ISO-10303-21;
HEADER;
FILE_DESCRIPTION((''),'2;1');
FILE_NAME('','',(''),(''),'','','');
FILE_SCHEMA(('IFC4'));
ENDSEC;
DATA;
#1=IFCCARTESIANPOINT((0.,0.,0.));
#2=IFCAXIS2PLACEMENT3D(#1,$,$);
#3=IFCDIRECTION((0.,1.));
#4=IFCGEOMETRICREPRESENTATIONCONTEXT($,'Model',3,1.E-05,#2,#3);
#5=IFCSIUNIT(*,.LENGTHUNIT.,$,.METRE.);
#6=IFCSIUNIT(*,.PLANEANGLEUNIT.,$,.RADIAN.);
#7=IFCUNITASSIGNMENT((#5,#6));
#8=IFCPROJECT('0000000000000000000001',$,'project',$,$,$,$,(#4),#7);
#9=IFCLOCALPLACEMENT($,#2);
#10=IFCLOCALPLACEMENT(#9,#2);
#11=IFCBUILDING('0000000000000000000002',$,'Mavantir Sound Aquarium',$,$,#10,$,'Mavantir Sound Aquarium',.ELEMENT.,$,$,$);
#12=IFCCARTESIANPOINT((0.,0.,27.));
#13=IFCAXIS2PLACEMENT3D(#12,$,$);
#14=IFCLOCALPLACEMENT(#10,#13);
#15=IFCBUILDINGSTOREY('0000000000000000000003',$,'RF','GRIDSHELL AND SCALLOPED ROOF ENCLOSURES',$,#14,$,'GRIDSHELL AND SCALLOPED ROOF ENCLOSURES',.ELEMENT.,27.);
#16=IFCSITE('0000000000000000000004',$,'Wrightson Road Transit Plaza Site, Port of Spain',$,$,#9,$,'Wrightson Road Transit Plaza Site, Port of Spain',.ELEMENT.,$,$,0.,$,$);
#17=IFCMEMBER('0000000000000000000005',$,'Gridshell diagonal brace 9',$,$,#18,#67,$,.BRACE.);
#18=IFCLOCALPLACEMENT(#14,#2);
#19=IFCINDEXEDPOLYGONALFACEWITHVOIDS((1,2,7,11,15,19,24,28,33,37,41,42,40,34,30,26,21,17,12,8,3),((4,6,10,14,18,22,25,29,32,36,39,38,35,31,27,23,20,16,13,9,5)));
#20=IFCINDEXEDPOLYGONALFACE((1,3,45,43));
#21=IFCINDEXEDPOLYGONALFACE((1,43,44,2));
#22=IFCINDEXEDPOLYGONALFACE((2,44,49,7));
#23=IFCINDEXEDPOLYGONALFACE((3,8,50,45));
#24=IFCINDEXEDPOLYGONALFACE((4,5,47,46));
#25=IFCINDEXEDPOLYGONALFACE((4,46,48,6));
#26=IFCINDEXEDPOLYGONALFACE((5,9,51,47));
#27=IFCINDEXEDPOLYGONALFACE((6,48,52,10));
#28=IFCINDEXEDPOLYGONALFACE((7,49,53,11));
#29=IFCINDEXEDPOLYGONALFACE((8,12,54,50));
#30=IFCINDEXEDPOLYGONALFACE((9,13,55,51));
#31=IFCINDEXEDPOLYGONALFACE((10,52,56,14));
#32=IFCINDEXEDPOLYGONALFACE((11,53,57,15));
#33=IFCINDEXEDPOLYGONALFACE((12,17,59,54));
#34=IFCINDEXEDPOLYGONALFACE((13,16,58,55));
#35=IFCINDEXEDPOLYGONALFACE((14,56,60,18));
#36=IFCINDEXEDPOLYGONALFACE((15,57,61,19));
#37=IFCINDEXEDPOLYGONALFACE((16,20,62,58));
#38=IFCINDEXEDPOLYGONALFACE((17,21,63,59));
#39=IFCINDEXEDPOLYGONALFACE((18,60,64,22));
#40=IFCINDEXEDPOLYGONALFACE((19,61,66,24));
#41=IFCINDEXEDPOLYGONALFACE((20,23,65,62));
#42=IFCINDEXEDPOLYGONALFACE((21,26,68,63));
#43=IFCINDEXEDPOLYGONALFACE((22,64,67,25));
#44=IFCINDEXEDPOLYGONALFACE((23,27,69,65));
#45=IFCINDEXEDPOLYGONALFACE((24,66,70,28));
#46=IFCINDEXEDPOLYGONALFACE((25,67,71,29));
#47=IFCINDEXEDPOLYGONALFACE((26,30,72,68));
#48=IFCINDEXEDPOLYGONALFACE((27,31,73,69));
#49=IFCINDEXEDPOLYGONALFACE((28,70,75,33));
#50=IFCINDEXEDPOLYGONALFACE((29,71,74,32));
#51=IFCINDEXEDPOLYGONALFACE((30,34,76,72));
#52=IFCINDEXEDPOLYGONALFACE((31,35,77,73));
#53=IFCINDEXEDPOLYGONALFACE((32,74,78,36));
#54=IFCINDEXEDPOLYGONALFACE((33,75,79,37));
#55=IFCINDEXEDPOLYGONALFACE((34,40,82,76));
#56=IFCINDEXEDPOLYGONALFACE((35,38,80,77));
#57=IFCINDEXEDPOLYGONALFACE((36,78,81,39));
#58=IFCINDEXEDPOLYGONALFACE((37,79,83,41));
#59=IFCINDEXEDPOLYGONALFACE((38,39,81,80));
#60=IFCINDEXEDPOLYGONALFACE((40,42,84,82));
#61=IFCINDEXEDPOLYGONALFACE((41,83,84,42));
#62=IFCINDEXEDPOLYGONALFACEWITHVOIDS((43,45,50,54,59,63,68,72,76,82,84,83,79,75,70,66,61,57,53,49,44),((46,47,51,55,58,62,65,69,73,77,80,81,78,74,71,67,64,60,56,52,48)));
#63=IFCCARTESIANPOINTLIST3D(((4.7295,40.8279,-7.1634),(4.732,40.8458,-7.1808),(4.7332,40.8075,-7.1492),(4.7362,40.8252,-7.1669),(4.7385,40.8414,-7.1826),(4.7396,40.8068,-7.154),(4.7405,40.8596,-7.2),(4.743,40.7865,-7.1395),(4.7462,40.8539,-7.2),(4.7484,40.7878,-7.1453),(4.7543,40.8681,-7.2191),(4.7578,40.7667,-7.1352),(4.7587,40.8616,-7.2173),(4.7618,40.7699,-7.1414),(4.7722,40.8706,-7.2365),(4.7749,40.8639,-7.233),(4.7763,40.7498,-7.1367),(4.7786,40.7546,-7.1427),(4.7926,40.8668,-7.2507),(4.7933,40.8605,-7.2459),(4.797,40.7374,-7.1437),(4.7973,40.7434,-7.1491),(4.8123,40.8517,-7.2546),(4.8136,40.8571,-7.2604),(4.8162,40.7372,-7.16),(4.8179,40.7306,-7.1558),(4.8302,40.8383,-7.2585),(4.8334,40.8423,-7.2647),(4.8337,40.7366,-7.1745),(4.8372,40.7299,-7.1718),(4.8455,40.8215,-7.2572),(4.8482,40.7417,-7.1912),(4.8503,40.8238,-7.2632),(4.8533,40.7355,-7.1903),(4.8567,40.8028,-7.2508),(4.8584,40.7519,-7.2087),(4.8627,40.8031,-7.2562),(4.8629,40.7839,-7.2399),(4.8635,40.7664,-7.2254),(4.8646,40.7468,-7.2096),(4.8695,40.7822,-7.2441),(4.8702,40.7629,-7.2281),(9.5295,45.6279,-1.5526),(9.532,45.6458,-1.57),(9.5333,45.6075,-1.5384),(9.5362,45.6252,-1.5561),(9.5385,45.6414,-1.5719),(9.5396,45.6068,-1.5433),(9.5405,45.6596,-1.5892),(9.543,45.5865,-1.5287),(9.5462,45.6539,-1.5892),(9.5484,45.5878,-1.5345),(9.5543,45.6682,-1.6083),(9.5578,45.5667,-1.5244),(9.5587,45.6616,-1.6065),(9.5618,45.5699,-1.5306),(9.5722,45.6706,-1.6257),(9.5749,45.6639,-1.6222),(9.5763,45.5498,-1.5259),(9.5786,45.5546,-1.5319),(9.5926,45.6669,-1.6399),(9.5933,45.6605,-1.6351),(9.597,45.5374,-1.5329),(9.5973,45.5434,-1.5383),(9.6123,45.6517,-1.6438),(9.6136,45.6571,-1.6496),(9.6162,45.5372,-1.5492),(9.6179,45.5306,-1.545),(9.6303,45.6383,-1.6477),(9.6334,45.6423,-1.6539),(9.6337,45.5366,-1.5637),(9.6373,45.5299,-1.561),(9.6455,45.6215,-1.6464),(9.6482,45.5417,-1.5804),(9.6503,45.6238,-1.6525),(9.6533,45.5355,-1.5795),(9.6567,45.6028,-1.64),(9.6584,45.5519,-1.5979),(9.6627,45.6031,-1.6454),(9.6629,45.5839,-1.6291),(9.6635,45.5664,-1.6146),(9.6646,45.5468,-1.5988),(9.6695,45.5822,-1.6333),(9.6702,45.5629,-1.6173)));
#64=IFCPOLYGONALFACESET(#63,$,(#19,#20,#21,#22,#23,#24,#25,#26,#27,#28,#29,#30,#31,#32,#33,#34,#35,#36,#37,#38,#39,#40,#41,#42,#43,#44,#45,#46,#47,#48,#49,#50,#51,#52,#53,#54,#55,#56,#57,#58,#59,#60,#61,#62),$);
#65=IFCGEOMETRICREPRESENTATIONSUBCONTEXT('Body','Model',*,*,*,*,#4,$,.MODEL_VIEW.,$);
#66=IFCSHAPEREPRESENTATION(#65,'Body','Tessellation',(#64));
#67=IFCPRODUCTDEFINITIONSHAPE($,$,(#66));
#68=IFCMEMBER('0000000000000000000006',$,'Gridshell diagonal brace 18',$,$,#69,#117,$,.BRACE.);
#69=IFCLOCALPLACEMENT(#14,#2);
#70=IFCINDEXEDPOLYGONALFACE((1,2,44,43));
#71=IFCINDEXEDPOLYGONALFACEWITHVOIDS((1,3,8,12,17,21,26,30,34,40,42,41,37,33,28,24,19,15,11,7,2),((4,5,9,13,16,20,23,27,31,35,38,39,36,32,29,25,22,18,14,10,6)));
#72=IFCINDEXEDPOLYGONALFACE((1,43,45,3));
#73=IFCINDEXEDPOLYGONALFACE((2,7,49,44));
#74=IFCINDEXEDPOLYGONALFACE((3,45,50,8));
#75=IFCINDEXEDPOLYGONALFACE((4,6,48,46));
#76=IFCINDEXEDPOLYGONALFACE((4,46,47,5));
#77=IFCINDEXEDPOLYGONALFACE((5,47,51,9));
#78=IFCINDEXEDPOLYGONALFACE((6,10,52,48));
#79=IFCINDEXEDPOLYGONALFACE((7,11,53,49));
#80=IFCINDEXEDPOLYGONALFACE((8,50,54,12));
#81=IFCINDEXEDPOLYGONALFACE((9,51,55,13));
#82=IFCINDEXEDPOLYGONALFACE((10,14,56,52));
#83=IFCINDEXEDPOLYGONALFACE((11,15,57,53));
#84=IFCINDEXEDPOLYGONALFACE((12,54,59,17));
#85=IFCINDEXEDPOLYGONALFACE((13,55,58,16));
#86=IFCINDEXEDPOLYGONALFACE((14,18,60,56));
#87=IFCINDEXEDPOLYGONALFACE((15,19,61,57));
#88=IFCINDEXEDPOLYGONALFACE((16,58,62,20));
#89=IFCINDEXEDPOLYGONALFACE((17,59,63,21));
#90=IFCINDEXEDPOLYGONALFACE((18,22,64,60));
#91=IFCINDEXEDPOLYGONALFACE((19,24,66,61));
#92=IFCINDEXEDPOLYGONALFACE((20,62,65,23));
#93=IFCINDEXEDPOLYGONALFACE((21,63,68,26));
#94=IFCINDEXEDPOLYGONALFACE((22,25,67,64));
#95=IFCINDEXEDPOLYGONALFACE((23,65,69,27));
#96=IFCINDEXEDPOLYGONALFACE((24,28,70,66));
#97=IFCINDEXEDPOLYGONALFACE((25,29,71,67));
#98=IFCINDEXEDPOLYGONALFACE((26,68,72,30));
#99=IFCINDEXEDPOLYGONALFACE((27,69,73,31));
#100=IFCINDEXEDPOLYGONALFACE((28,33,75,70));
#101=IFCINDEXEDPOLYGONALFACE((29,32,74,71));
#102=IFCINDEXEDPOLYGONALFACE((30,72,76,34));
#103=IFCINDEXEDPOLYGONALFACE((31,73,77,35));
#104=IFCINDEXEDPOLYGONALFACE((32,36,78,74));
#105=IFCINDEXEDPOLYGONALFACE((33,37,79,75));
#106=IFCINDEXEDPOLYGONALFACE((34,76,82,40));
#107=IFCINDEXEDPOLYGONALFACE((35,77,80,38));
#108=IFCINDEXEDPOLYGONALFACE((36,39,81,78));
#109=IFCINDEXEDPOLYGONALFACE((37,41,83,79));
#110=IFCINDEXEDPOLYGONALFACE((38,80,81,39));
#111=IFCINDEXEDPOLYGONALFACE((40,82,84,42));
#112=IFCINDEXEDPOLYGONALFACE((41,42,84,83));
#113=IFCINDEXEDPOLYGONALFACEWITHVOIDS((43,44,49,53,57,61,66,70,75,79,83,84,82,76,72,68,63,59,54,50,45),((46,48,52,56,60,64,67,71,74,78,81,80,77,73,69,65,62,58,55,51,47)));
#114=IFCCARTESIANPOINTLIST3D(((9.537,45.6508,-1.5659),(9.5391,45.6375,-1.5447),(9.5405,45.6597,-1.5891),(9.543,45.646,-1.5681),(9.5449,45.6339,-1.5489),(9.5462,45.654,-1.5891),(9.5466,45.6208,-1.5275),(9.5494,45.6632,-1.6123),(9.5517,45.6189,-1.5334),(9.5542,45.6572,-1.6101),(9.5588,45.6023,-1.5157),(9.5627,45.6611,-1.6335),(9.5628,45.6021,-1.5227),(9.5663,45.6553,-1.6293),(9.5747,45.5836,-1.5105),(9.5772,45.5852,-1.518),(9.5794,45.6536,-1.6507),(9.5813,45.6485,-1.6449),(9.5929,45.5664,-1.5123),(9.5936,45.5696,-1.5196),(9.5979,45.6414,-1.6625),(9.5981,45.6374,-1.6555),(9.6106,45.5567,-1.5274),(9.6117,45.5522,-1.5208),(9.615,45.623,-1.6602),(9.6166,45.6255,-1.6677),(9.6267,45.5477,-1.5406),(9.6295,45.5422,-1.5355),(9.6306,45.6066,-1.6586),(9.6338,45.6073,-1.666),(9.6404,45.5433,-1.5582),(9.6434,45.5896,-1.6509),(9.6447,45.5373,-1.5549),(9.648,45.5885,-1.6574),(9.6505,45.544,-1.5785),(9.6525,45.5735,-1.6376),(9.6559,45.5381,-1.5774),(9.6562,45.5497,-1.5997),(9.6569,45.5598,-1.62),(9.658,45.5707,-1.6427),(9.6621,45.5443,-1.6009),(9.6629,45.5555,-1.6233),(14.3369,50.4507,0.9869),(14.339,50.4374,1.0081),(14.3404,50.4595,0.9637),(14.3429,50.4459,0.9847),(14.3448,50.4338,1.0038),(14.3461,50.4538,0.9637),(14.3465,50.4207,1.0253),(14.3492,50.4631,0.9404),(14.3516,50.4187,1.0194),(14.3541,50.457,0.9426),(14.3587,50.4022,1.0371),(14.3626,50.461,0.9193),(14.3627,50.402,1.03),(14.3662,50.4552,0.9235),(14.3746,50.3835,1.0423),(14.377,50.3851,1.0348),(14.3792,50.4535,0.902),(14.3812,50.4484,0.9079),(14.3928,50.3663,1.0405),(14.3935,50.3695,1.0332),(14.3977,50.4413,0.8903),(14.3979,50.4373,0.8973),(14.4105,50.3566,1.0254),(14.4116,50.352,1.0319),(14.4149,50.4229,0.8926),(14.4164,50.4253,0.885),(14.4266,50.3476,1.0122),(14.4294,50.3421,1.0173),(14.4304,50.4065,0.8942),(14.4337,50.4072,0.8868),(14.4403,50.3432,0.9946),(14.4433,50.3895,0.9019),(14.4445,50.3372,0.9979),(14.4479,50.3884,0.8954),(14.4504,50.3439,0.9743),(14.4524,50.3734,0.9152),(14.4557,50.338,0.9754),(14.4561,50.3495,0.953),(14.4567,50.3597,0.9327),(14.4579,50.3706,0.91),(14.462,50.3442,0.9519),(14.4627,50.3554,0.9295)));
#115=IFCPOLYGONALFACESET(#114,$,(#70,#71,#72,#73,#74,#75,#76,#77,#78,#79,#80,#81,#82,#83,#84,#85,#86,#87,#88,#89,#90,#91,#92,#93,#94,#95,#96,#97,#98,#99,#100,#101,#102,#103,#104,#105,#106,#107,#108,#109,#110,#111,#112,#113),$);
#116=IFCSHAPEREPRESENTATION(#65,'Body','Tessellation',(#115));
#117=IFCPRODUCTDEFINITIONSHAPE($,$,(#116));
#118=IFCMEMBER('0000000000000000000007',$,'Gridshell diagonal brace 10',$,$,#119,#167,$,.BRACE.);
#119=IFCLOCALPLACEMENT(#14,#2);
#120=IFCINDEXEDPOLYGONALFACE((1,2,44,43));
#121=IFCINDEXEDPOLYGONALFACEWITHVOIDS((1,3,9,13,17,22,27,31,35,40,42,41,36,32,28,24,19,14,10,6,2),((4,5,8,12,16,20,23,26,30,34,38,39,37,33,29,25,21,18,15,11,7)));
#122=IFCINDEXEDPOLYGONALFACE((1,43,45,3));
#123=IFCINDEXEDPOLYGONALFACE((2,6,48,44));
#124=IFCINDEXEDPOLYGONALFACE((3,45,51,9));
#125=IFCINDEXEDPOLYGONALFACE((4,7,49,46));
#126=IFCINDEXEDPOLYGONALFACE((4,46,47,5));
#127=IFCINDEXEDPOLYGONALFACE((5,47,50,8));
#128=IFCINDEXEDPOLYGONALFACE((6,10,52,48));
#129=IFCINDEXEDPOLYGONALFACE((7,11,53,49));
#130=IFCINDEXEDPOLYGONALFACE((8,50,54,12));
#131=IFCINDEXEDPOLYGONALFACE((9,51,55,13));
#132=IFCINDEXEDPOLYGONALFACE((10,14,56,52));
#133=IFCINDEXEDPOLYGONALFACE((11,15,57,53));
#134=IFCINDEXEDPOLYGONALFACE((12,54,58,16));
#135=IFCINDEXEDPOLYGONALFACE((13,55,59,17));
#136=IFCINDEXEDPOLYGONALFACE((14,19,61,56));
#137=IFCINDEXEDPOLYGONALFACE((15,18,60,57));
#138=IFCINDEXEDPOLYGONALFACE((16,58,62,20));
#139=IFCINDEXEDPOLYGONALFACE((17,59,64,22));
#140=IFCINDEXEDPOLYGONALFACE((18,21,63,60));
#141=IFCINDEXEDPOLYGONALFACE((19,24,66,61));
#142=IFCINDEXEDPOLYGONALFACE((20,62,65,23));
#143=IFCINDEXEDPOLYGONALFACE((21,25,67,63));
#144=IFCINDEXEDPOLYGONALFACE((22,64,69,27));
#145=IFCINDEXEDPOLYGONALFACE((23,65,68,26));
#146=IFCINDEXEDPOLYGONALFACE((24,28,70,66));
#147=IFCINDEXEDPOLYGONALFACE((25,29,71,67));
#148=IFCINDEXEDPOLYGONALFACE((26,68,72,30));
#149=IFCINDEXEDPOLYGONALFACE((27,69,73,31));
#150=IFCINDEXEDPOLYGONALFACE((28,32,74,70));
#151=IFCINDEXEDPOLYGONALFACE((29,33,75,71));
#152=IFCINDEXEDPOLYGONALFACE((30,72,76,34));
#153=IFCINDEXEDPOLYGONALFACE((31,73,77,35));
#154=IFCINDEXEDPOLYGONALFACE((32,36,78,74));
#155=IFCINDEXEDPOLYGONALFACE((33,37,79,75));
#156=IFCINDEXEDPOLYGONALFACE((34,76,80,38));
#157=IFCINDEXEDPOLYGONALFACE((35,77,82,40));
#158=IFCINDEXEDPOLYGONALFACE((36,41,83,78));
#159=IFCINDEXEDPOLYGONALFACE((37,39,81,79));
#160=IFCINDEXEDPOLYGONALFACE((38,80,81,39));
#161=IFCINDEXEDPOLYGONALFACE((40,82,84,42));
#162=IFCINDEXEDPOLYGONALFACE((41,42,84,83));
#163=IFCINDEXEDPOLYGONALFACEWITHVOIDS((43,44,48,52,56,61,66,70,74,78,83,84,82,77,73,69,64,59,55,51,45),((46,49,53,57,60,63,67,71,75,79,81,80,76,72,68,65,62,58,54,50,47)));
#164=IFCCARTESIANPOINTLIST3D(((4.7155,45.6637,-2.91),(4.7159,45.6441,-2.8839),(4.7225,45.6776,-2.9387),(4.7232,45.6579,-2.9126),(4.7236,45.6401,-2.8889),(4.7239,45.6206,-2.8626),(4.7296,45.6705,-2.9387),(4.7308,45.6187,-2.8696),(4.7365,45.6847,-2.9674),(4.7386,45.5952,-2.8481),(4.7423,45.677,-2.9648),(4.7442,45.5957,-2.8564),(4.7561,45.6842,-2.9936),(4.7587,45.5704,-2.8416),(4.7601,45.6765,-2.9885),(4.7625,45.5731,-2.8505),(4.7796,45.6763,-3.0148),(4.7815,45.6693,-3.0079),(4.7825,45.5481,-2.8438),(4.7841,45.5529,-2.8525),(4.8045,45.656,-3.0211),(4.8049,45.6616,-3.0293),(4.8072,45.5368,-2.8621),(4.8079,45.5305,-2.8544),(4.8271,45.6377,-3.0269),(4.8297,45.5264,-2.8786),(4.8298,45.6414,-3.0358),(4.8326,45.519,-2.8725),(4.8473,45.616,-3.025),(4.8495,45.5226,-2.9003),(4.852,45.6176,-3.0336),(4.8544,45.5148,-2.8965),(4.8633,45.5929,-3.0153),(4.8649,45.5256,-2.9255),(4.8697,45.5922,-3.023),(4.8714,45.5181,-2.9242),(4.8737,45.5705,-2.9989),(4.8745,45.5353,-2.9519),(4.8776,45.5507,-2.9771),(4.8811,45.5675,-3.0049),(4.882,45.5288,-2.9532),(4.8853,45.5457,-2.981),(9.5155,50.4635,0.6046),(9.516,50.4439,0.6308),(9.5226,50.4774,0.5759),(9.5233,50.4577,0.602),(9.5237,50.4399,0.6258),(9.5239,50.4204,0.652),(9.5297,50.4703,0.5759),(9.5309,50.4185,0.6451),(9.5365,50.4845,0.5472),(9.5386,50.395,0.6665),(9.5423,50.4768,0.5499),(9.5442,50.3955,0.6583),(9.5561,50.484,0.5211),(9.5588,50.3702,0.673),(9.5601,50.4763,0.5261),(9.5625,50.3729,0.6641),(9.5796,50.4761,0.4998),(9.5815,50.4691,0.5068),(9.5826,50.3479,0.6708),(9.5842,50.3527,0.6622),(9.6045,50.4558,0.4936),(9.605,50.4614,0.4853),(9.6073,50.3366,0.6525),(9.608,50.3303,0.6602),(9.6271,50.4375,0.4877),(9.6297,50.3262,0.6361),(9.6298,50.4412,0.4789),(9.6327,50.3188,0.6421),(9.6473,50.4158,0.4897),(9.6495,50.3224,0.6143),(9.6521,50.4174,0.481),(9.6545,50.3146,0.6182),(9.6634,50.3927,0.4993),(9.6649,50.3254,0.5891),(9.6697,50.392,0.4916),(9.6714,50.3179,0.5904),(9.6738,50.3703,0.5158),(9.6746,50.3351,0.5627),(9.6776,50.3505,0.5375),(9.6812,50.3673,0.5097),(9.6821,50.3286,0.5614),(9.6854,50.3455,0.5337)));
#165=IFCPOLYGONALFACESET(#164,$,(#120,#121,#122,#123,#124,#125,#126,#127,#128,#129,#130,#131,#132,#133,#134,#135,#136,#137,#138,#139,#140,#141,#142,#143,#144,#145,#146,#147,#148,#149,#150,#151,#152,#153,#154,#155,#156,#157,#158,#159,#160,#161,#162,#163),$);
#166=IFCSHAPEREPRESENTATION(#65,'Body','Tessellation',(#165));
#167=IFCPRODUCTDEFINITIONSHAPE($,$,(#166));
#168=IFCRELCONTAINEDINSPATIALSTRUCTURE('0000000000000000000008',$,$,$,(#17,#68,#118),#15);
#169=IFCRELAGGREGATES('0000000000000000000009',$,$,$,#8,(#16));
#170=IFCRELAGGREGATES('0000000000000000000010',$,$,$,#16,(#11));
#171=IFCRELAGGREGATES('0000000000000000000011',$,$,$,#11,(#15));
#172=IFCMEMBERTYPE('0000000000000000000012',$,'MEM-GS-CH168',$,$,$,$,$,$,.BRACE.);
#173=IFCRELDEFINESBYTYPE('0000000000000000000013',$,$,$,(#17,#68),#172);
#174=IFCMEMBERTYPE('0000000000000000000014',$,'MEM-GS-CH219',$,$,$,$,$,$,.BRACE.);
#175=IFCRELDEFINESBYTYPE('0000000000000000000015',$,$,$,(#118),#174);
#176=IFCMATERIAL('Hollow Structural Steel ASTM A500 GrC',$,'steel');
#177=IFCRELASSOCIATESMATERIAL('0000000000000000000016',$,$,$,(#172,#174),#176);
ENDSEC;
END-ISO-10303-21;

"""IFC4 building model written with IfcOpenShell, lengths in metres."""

from ifc_helpers import new_model, si_unit, direction, frame, origin, origin_2d, place, context, subcontext, project, spatial, hollow_circle, extrude, material, material_profile, profile_set, type_object, element, save


model = new_model("IFC4")

# Units and contexts
model_context = context("Model", 3, precision=1e-05, world=origin(), true_north=direction((0.0, 1.0)))
body_context = subcontext(model_context, "Body", "Model", "MODEL_VIEW")
ifc_project = project(units=[si_unit("LENGTHUNIT", "METRE"), si_unit("PLANEANGLEUNIT", "RADIAN")], contexts=[model_context])

# Site, building, storey
site_placement = place(None, origin())
site = spatial("IfcSite", under=ifc_project, at=site_placement, Name="Wrightson Road Transit Plaza Site, Port of Spain", LongName="Wrightson Road Transit Plaza Site, Port of Spain", CompositionType="ELEMENT", RefElevation=0.0)
building_placement = place(site_placement, origin())
building = spatial("IfcBuilding", under=site, at=building_placement, Name="Mavantir Sound Aquarium", LongName="Mavantir Sound Aquarium", CompositionType="ELEMENT")
storey_placement = place(building_placement, frame((0.0, 0.0, 27.0)))
storey = spatial("IfcBuildingStorey", under=building, at=storey_placement, Name="RF", Description="GRIDSHELL AND SCALLOPED ROOF ENCLOSURES", LongName="GRIDSHELL AND SCALLOPED ROOF ENCLOSURES", CompositionType="ELEMENT", Elevation=27.0)

# Shared definitions
ifc_material_1 = material(Name="Hollow Structural Steel ASTM A500 GrC", Category="steel")

# Members
ifc_material_profile_1 = material_profile(ifc_material_1, hollow_circle(Radius=0.0842, WallThickness=0.0081, at=origin_2d()), Name="CHS 168.3X8")
ifc_profile_set_1 = profile_set([ifc_material_profile_1], Name="Hollow Structural Steel ASTM A500 GrC")
member_type_1 = type_object("IfcMemberType", Name="MEM-GS-CH168", PredefinedType="BRACE", material=ifc_profile_set_1)
member_1_placement = place(storey_placement, frame((4.8, 40.8, -7.2), z_axis=(0.545029, 0.545029, 0.637092), x_axis=(-0.707107, 0.707107, 0.0)))
element("IfcMember", 1, at=member_1_placement, inside=storey, type_object=member_type_1, Name="Gridshell diagonal brace 9", PredefinedType="BRACE", context=body_context, shape_type="SweptSolid", body=[
    extrude(hollow_circle(Radius=0.0842, WallThickness=0.0081, at=origin_2d()), origin(), (0.0, 0.0, 1.0), 8.8069),
])
member_2_placement = place(storey_placement, frame((9.6001, 45.6001, -1.5891), z_axis=(0.661852, 0.661852, 0.352), x_axis=(-0.707107, 0.707107, 0.0)))
element("IfcMember", 2, at=member_2_placement, inside=storey, type_object=member_type_1, Name="Gridshell diagonal brace 18", PredefinedType="BRACE", context=body_context, shape_type="SweptSolid", body=[
    extrude(hollow_circle(Radius=0.0842, WallThickness=0.0081, at=origin_2d()), origin(), (0.0, 0.0, 1.0), 7.2522),
])
ifc_material_profile_2 = material_profile(ifc_material_1, hollow_circle(Radius=0.1096, WallThickness=0.01, at=origin_2d()), Name="CHS 219.1X10")
ifc_profile_set_2 = profile_set([ifc_material_profile_2], Name="Hollow Structural Steel ASTM A500 GrC")
member_type_2 = type_object("IfcMemberType", Name="MEM-GS-CH219", PredefinedType="BRACE", material=ifc_profile_set_2)
member_3_placement = place(storey_placement, frame((4.8, 45.6001, -2.9387), z_axis=(0.627947, 0.627915, 0.459789), x_axis=(-0.707089, 0.707125, 0.0)))
element("IfcMember", 3, at=member_3_placement, inside=storey, type_object=member_type_2, Name="Gridshell diagonal brace 10", PredefinedType="BRACE", context=body_context, shape_type="SweptSolid", body=[
    extrude(hollow_circle(Radius=0.1096, WallThickness=0.01, at=origin_2d()), origin(), (0.0, 0.0, 1.0), 7.644),
])

save(model, "model.ifc")
